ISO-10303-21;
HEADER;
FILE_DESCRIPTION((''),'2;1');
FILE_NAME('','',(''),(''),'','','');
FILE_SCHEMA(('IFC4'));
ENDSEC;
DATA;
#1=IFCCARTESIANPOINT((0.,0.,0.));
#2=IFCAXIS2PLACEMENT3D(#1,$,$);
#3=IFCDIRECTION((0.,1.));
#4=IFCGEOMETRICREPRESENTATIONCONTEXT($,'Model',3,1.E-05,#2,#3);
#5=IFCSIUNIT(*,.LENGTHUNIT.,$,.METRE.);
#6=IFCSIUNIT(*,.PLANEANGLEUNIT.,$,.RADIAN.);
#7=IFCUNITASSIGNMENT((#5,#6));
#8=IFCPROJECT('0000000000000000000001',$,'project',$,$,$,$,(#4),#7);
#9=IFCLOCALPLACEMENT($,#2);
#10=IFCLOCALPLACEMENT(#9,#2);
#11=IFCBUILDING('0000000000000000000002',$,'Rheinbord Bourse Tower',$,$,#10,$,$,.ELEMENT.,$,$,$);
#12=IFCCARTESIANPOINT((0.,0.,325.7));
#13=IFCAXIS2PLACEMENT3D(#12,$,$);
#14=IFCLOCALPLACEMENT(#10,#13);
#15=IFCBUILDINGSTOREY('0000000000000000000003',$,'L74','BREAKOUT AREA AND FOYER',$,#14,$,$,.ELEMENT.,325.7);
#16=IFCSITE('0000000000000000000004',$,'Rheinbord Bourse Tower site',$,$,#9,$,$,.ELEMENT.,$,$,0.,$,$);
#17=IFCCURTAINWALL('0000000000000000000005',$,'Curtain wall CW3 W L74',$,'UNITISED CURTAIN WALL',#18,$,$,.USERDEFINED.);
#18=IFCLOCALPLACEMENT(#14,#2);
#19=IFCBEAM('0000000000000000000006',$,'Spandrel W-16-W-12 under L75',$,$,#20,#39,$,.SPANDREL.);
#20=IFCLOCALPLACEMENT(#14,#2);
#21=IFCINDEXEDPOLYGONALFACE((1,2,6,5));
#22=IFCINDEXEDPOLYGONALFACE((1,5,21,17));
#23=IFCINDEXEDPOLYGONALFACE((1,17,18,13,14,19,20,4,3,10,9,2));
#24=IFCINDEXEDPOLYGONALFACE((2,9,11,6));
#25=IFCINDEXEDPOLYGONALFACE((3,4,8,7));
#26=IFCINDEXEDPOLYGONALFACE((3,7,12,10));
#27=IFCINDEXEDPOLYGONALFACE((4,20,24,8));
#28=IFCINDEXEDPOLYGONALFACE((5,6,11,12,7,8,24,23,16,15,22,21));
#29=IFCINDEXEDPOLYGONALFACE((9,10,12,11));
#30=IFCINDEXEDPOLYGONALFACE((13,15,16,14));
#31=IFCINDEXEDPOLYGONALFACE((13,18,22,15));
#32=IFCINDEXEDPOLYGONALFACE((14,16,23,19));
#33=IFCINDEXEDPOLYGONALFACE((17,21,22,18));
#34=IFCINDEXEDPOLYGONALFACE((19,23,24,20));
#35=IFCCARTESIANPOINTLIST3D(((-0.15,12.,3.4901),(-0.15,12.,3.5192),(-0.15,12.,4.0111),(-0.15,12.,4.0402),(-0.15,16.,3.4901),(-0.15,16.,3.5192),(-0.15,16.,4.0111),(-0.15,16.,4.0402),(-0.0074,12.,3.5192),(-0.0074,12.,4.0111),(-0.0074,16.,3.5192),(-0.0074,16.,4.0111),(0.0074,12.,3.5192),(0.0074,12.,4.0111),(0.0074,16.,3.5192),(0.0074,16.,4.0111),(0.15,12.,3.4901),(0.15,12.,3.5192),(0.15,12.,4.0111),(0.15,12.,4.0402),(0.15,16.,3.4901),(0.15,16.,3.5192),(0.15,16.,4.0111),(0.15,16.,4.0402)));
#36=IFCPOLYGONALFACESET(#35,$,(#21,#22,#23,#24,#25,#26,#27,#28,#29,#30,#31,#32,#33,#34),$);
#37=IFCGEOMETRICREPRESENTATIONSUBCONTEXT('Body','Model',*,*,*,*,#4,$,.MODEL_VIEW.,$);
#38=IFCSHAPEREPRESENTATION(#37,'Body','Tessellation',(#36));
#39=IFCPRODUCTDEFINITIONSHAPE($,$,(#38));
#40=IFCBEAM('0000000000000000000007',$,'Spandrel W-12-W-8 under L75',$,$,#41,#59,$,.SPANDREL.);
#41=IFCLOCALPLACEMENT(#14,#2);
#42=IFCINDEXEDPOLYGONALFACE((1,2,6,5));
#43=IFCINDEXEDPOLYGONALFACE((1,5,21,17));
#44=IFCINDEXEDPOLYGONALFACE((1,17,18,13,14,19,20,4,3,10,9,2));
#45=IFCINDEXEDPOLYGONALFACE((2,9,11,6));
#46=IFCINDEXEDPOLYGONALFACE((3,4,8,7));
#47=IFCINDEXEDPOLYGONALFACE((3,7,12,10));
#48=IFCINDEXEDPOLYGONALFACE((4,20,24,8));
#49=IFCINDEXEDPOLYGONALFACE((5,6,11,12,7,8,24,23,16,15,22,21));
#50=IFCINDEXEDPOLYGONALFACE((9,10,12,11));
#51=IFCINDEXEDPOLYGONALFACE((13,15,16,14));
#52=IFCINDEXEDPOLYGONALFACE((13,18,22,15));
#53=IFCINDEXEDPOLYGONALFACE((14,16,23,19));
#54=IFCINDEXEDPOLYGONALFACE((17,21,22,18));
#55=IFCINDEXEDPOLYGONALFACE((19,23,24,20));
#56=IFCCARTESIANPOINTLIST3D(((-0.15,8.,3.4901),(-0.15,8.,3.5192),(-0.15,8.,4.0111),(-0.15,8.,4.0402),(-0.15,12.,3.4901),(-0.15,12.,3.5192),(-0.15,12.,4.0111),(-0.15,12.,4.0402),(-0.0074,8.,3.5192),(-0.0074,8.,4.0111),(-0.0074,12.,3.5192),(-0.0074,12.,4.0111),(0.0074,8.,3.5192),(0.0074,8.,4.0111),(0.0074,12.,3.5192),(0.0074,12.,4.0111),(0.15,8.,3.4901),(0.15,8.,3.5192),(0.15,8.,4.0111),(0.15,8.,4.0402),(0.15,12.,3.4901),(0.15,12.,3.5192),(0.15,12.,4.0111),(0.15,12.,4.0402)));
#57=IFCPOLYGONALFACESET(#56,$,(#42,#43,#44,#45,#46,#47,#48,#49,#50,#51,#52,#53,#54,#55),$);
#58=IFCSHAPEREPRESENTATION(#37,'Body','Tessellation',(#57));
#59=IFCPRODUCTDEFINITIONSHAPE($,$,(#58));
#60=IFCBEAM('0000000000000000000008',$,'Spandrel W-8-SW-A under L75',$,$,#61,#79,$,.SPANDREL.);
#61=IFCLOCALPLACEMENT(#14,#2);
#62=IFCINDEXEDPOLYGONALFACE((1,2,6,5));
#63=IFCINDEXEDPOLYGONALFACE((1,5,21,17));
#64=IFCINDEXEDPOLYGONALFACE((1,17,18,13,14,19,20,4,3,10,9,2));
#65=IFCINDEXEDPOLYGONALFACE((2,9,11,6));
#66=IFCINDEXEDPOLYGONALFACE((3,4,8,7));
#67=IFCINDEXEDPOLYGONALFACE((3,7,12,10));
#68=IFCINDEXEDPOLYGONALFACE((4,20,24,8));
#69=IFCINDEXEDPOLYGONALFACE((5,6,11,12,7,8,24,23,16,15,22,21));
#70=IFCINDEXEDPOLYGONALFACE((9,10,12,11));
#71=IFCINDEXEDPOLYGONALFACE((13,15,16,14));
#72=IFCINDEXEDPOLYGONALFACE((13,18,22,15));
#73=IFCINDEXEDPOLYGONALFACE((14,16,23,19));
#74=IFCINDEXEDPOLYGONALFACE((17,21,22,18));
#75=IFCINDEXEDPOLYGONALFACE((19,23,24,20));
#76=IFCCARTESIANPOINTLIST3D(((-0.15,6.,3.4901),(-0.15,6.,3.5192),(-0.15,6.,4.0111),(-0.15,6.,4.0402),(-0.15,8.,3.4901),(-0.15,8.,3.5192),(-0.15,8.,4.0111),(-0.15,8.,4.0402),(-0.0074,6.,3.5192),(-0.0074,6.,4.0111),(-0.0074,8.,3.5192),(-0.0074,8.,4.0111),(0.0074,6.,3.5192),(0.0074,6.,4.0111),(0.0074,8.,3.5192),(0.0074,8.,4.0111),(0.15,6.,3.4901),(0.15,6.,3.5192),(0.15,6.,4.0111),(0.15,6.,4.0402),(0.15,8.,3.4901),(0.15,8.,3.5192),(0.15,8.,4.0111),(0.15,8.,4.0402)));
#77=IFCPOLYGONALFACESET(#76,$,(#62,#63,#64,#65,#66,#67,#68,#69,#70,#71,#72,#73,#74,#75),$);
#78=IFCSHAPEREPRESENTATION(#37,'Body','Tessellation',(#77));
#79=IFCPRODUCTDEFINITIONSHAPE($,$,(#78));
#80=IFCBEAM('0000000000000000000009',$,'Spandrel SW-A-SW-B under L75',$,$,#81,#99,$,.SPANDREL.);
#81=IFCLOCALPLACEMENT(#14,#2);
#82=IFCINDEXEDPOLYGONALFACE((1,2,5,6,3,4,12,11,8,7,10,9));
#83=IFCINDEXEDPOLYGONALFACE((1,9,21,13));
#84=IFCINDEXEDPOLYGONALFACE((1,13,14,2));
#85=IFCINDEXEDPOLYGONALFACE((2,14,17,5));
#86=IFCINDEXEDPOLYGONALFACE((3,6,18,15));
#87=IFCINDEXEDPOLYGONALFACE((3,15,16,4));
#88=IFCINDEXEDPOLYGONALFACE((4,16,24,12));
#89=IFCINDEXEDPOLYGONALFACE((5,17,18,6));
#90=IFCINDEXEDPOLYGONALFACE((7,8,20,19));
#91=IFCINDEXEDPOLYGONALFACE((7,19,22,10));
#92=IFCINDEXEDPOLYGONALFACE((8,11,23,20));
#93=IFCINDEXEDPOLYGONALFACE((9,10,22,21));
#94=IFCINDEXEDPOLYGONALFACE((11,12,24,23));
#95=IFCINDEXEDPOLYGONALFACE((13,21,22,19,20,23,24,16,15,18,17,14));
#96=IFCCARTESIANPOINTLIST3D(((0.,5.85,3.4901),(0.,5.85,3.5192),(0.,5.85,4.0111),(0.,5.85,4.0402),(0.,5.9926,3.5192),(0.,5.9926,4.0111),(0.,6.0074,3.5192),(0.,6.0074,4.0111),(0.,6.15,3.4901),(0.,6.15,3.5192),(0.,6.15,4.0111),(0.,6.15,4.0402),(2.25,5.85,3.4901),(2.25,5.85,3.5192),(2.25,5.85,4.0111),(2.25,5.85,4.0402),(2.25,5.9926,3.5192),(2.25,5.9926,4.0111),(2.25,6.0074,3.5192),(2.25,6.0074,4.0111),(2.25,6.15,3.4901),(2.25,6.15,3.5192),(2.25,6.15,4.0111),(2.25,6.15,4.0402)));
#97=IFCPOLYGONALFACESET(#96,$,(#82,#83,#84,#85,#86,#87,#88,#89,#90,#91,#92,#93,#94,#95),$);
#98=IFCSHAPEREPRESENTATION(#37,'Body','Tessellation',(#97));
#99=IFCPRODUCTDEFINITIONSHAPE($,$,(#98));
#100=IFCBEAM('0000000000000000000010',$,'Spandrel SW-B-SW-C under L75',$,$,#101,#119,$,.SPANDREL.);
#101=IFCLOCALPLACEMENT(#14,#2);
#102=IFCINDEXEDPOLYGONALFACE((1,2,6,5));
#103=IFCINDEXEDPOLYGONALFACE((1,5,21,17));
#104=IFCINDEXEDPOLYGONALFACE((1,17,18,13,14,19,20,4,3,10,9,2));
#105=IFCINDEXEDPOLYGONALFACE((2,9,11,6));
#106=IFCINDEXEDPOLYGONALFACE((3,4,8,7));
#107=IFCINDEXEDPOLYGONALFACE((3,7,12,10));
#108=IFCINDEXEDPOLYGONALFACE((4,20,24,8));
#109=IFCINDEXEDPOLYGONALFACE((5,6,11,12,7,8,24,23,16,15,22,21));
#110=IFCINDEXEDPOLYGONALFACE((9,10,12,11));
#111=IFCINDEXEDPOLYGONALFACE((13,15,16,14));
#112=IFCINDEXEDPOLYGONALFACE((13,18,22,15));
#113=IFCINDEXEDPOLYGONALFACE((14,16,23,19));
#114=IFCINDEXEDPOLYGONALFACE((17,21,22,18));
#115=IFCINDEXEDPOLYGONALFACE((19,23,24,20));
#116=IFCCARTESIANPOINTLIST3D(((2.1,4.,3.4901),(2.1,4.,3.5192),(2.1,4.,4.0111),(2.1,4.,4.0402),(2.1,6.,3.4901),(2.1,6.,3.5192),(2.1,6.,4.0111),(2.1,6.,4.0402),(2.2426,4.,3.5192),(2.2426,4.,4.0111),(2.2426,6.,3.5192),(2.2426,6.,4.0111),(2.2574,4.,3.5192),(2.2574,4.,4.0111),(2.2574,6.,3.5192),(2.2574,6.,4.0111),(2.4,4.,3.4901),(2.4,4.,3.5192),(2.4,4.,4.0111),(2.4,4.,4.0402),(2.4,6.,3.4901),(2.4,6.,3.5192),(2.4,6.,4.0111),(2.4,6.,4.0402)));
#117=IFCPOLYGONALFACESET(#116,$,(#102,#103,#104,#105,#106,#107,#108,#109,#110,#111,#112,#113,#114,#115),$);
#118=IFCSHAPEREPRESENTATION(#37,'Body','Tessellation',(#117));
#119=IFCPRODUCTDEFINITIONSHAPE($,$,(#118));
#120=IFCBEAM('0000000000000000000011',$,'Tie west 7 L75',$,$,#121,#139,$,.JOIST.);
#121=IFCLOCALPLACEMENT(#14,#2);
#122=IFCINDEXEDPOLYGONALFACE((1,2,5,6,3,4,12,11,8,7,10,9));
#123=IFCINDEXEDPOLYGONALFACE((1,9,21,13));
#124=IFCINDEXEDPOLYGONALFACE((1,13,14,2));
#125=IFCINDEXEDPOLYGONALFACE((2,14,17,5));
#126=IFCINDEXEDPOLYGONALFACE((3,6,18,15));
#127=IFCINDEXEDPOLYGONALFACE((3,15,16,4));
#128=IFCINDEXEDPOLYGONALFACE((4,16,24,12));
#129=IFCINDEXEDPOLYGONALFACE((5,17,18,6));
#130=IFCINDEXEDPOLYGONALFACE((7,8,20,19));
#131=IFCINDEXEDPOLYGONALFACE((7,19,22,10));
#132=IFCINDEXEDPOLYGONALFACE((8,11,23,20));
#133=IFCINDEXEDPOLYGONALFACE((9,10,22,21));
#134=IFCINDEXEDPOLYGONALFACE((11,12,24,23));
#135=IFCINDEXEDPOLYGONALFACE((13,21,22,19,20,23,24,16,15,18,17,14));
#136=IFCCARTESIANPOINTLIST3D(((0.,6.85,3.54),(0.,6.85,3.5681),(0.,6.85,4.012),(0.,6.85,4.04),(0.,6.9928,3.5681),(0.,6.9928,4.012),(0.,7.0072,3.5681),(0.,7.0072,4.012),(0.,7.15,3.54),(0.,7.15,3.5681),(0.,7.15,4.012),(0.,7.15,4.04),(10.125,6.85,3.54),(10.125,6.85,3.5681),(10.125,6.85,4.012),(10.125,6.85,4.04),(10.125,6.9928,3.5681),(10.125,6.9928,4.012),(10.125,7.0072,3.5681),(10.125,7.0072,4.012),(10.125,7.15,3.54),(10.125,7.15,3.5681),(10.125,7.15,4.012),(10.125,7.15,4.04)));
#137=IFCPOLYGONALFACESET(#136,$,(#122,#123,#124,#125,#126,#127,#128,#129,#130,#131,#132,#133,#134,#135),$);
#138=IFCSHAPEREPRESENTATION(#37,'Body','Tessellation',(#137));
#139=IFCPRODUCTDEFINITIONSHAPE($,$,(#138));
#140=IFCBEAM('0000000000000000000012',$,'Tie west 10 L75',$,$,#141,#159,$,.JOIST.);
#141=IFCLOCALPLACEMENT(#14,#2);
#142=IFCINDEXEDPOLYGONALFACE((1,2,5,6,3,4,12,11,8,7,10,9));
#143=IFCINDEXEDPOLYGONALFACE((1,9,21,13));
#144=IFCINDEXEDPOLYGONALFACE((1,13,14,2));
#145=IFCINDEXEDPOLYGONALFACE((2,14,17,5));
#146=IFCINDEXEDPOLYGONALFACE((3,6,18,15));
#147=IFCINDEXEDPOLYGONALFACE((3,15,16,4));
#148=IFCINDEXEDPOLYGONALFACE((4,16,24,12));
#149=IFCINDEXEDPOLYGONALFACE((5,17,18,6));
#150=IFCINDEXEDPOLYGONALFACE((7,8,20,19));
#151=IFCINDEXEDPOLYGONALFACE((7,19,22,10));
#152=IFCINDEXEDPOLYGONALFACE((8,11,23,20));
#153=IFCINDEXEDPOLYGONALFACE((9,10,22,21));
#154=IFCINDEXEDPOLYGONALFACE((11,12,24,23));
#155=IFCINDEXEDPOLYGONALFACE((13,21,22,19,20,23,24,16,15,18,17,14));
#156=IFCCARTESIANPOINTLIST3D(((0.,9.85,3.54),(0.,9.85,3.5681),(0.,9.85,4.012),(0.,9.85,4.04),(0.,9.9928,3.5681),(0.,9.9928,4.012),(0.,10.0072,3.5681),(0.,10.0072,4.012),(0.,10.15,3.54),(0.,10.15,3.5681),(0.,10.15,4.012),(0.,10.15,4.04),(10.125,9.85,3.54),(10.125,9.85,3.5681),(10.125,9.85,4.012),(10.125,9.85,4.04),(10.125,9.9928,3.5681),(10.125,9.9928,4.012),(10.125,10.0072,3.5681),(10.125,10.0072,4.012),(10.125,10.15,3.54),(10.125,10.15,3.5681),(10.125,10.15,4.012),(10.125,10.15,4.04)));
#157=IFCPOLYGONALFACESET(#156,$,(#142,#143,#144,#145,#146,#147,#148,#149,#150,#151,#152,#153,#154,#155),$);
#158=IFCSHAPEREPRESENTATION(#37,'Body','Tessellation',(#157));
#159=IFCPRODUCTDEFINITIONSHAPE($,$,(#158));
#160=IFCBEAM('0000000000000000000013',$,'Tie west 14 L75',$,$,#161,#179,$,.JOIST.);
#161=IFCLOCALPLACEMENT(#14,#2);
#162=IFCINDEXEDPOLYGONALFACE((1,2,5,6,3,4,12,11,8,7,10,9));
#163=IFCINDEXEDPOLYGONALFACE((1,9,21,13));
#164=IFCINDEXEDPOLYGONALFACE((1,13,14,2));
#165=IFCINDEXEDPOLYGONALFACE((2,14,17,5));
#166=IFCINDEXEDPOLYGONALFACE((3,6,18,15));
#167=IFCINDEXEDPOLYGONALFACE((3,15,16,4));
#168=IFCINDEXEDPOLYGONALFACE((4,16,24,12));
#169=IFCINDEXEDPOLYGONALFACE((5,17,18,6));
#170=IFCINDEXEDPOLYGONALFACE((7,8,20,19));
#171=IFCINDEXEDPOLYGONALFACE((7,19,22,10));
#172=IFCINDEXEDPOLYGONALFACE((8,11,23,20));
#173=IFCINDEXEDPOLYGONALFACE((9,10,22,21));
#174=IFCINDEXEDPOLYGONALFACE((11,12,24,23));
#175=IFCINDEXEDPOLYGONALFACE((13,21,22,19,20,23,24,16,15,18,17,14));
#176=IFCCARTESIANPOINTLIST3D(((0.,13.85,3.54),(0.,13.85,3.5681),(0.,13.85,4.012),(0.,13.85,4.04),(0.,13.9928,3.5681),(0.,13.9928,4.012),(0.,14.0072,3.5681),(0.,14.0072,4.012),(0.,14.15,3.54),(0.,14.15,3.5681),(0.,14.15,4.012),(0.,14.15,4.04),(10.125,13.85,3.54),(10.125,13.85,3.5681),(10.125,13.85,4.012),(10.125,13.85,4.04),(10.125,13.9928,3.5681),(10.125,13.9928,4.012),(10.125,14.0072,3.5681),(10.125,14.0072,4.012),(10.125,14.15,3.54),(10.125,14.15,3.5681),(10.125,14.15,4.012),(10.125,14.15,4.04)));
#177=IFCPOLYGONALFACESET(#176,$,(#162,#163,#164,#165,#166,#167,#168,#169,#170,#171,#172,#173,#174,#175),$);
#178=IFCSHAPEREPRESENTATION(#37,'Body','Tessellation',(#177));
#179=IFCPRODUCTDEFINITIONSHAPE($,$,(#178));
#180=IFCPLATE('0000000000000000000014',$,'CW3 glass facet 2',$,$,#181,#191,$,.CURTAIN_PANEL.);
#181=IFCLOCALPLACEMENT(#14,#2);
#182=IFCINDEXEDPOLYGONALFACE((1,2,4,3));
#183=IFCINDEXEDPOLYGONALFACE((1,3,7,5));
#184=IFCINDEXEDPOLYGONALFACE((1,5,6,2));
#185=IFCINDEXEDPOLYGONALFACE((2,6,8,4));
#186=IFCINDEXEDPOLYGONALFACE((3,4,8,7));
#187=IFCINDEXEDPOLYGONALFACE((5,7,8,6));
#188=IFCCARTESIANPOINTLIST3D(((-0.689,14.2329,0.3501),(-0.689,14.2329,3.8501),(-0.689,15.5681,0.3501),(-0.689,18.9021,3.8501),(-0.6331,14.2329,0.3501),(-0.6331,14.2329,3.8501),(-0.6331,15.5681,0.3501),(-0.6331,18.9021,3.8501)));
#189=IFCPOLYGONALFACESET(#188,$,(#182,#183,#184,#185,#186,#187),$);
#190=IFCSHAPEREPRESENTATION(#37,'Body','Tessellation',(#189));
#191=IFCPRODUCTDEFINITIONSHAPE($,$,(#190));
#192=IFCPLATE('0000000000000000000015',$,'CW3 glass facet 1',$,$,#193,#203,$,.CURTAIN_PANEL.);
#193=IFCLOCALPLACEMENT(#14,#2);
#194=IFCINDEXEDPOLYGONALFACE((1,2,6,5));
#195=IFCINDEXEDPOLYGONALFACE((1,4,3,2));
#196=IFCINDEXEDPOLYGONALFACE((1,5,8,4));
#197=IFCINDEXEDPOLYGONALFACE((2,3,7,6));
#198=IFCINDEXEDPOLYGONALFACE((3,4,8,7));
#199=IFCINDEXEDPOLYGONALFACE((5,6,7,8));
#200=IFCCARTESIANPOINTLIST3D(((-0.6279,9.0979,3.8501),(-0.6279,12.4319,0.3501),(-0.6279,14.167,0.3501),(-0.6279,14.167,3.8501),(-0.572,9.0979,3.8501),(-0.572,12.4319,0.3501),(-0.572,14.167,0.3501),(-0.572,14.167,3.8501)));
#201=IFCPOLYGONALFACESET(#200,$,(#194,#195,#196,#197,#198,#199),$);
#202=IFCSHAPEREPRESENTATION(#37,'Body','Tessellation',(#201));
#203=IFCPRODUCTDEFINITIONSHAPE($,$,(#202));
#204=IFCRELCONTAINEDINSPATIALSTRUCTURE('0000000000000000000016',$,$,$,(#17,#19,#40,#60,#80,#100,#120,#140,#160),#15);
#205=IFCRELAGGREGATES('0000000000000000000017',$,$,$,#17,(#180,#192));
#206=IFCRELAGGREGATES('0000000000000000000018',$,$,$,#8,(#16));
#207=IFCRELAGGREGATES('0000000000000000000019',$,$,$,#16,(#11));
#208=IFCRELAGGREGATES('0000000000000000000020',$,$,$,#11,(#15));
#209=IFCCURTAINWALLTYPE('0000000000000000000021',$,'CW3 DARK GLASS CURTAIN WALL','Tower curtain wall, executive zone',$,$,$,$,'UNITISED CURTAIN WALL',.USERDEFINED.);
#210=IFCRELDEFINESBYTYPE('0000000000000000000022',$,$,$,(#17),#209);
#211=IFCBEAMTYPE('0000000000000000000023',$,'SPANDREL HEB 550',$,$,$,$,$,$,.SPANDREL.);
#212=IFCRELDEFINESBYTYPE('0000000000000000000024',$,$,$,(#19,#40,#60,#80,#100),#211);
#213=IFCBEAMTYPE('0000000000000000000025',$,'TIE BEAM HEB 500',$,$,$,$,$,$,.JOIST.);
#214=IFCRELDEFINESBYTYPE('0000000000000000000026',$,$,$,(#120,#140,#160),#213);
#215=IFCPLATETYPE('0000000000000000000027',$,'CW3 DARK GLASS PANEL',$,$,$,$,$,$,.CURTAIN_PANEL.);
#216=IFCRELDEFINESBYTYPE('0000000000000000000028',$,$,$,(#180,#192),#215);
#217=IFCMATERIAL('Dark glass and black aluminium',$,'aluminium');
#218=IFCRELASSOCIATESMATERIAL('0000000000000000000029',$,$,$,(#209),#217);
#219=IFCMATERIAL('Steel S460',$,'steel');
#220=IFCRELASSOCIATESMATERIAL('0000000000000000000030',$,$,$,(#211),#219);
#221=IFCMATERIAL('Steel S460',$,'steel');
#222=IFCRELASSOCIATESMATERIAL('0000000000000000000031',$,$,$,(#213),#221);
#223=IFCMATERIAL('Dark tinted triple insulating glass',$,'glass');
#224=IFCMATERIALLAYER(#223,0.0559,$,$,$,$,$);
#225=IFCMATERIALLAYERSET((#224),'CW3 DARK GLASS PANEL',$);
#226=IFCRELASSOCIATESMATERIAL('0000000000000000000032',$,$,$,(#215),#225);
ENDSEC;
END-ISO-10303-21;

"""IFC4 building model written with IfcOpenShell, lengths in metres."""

from ifc_helpers import new_model, si_unit, direction, frame, origin, origin_2d, place, context, subcontext, project, spatial, polyline, i_section, outline, extrude, material, layer, layer_set, material_profile, profile_set, type_object, element, aggregate, save


model = new_model("IFC4")

# Units and contexts
model_context = context("Model", 3, precision=1e-05, world=origin(), true_north=direction((0.0, 1.0)))
body_context = subcontext(model_context, "Body", "Model", "MODEL_VIEW")
ifc_project = project(units=[si_unit("LENGTHUNIT", "METRE"), si_unit("PLANEANGLEUNIT", "RADIAN")], contexts=[model_context])

# Site, building, storey
site_placement = place(None, origin())
site = spatial("IfcSite", under=ifc_project, at=site_placement, Name="Rheinbord Bourse Tower site", CompositionType="ELEMENT", RefElevation=0.0)
building_placement = place(site_placement, origin())
building = spatial("IfcBuilding", under=site, at=building_placement, Name="Rheinbord Bourse Tower", CompositionType="ELEMENT")
storey_placement = place(building_placement, frame((0.0, 0.0, 325.7)))
storey = spatial("IfcBuildingStorey", under=building, at=storey_placement, Name="L74", Description="BREAKOUT AREA AND FOYER", CompositionType="ELEMENT", Elevation=325.7)

# Curtain wall
ifc_material_1 = material(Name="Dark glass and black aluminium", Category="aluminium")
curtain_wall_type = type_object("IfcCurtainWallType", Name="CW3 DARK GLASS CURTAIN WALL", Description="Tower curtain wall, executive zone", ElementType="UNITISED CURTAIN WALL", PredefinedType="USERDEFINED", material=ifc_material_1)
curtain_wall_placement = place(storey_placement, origin())
curtain_wall = element("IfcCurtainWall", 1, at=curtain_wall_placement, inside=storey, type_object=curtain_wall_type, Name="Curtain wall CW3 W L74", ObjectType="UNITISED CURTAIN WALL", PredefinedType="USERDEFINED")

# Beams
ifc_material_2 = material(Name="Steel S460", Category="steel")
ifc_material_profile_1 = material_profile(ifc_material_2, i_section(OverallWidth=0.3, OverallDepth=0.55, WebThickness=0.0149, FlangeThickness=0.0291, at=origin_2d()), Name="HEB 550")
ifc_profile_set_1 = profile_set([ifc_material_profile_1], Name="Steel S460")
beam_type_1 = type_object("IfcBeamType", Name="SPANDREL HEB 550", PredefinedType="SPANDREL", material=ifc_profile_set_1)
for number, where, z_axis, x_axis, name in (
    (2, (0.0, 16.0, 3.7651), (0.0, -1.0, 0.0), (1.0, 0.0, 0.0), "Spandrel W-16-W-12 under L75"),
    (3, (0.0, 12.0, 3.7651), (0.0, -1.0, 0.0), (1.0, 0.0, 0.0), "Spandrel W-12-W-8 under L75"),
):
    element("IfcBeam", number, at=place(storey_placement, frame(where, z_axis=z_axis, x_axis=x_axis)), inside=storey, type_object=beam_type_1, Name=name, PredefinedType="SPANDREL", context=body_context, shape_type="SweptSolid", body=[
        extrude(i_section(OverallWidth=0.3, OverallDepth=0.55, WebThickness=0.0149, FlangeThickness=0.0291, at=origin_2d()), origin(), (0.0, 0.0, 1.0), 4.0),
    ])
beam_1_placement = place(storey_placement, frame((0.0, 8.0, 3.7651), z_axis=(0.0, -1.0, 0.0), x_axis=(1.0, 0.0, 0.0)))
element("IfcBeam", 4, at=beam_1_placement, inside=storey, type_object=beam_type_1, Name="Spandrel W-8-SW-A under L75", PredefinedType="SPANDREL", context=body_context, shape_type="SweptSolid", body=[
    extrude(i_section(OverallWidth=0.3, OverallDepth=0.55, WebThickness=0.0149, FlangeThickness=0.0291, at=origin_2d()), origin(), (0.0, 0.0, 1.0), 2.0),
])
beam_2_placement = place(storey_placement, frame((0.0, 6.0, 3.7651), z_axis=(1.0, 0.0, 0.0), x_axis=(0.0, 1.0, 0.0)))
element("IfcBeam", 5, at=beam_2_placement, inside=storey, type_object=beam_type_1, Name="Spandrel SW-A-SW-B under L75", PredefinedType="SPANDREL", context=body_context, shape_type="SweptSolid", body=[
    extrude(i_section(OverallWidth=0.3, OverallDepth=0.55, WebThickness=0.0149, FlangeThickness=0.0291, at=origin_2d()), origin(), (0.0, 0.0, 1.0), 2.25),
])
beam_3_placement = place(storey_placement, frame((2.25, 6.0, 3.7651), z_axis=(0.0, -1.0, 0.0), x_axis=(1.0, 0.0, 0.0)))
element("IfcBeam", 6, at=beam_3_placement, inside=storey, type_object=beam_type_1, Name="Spandrel SW-B-SW-C under L75", PredefinedType="SPANDREL", context=body_context, shape_type="SweptSolid", body=[
    extrude(i_section(OverallWidth=0.3, OverallDepth=0.55, WebThickness=0.0149, FlangeThickness=0.0291, at=origin_2d()), origin(), (0.0, 0.0, 1.0), 2.0),
])
ifc_material_3 = material(Name="Steel S460", Category="steel")
ifc_material_profile_2 = material_profile(ifc_material_3, i_section(OverallWidth=0.3, OverallDepth=0.5, WebThickness=0.0144, FlangeThickness=0.0281, at=origin_2d()), Name="HEB 500")
ifc_profile_set_2 = profile_set([ifc_material_profile_2], Name="Steel S460")
beam_type_2 = type_object("IfcBeamType", Name="TIE BEAM HEB 500", PredefinedType="JOIST", material=ifc_profile_set_2)
for number, where, z_axis, x_axis, name in (
    (7, (0.0, 7.0, 3.79), (1.0, 0.0, 0.0), (0.0, 1.0, 0.0), "Tie west 7 L75"),
    (8, (0.0, 10.0, 3.79), (1.0, 0.0, 0.0), (0.0, 1.0, 0.0), "Tie west 10 L75"),
    (9, (0.0, 14.0, 3.79), (1.0, 0.0, 0.0), (0.0, 1.0, 0.0), "Tie west 14 L75"),
):
    element("IfcBeam", number, at=place(storey_placement, frame(where, z_axis=z_axis, x_axis=x_axis)), inside=storey, type_object=beam_type_2, Name=name, PredefinedType="JOIST", context=body_context, shape_type="SweptSolid", body=[
        extrude(i_section(OverallWidth=0.3, OverallDepth=0.5, WebThickness=0.0144, FlangeThickness=0.0281, at=origin_2d()), origin(), (0.0, 0.0, 1.0), 10.125),
    ])

# Plates
ifc_material_4 = material(Name="Dark tinted triple insulating glass", Category="glass")
ifc_layer_1 = layer(ifc_material_4, 0.0559)
ifc_layer_set_1 = layer_set([ifc_layer_1], Name="CW3 DARK GLASS PANEL")
plate_type = type_object("IfcPlateType", Name="CW3 DARK GLASS PANEL", PredefinedType="CURTAIN_PANEL", material=ifc_layer_set_1)
plate_1_placement = place(storey_placement, frame((-0.689, 14.2329, 3.8501), z_axis=(1.0, 0.0, 0.0), x_axis=(0.0, 0.0, -1.0)))
plate_1 = element("IfcPlate", 10, at=plate_1_placement, type_object=plate_type, Name="CW3 glass facet 2", PredefinedType="CURTAIN_PANEL", context=body_context, shape_type="SweptSolid", body=[
    extrude(outline(polyline([(0.0, 0.0), (3.5, 0.0), (3.5, 1.3352), (0.0, 4.6692), (0.0, 0.0)])), origin(), (0.0, 0.0, 1.0), 0.0559),
])
plate_2_placement = place(storey_placement, frame((-0.6279, 14.167, 0.3501), z_axis=(1.0, 0.0, 0.0), x_axis=(0.0, 0.0, 1.0)))
plate_2 = element("IfcPlate", 11, at=plate_2_placement, type_object=plate_type, Name="CW3 glass facet 1", PredefinedType="CURTAIN_PANEL", context=body_context, shape_type="SweptSolid", body=[
    extrude(outline(polyline([(0.0, 0.0), (3.5, 0.0), (3.5, 5.0691), (0.0, 1.7351), (0.0, 0.0)])), origin(), (0.0, 0.0, 1.0), 0.0559),
])
aggregate(curtain_wall, [plate_1, plate_2])

save(model, "model.ifc")
